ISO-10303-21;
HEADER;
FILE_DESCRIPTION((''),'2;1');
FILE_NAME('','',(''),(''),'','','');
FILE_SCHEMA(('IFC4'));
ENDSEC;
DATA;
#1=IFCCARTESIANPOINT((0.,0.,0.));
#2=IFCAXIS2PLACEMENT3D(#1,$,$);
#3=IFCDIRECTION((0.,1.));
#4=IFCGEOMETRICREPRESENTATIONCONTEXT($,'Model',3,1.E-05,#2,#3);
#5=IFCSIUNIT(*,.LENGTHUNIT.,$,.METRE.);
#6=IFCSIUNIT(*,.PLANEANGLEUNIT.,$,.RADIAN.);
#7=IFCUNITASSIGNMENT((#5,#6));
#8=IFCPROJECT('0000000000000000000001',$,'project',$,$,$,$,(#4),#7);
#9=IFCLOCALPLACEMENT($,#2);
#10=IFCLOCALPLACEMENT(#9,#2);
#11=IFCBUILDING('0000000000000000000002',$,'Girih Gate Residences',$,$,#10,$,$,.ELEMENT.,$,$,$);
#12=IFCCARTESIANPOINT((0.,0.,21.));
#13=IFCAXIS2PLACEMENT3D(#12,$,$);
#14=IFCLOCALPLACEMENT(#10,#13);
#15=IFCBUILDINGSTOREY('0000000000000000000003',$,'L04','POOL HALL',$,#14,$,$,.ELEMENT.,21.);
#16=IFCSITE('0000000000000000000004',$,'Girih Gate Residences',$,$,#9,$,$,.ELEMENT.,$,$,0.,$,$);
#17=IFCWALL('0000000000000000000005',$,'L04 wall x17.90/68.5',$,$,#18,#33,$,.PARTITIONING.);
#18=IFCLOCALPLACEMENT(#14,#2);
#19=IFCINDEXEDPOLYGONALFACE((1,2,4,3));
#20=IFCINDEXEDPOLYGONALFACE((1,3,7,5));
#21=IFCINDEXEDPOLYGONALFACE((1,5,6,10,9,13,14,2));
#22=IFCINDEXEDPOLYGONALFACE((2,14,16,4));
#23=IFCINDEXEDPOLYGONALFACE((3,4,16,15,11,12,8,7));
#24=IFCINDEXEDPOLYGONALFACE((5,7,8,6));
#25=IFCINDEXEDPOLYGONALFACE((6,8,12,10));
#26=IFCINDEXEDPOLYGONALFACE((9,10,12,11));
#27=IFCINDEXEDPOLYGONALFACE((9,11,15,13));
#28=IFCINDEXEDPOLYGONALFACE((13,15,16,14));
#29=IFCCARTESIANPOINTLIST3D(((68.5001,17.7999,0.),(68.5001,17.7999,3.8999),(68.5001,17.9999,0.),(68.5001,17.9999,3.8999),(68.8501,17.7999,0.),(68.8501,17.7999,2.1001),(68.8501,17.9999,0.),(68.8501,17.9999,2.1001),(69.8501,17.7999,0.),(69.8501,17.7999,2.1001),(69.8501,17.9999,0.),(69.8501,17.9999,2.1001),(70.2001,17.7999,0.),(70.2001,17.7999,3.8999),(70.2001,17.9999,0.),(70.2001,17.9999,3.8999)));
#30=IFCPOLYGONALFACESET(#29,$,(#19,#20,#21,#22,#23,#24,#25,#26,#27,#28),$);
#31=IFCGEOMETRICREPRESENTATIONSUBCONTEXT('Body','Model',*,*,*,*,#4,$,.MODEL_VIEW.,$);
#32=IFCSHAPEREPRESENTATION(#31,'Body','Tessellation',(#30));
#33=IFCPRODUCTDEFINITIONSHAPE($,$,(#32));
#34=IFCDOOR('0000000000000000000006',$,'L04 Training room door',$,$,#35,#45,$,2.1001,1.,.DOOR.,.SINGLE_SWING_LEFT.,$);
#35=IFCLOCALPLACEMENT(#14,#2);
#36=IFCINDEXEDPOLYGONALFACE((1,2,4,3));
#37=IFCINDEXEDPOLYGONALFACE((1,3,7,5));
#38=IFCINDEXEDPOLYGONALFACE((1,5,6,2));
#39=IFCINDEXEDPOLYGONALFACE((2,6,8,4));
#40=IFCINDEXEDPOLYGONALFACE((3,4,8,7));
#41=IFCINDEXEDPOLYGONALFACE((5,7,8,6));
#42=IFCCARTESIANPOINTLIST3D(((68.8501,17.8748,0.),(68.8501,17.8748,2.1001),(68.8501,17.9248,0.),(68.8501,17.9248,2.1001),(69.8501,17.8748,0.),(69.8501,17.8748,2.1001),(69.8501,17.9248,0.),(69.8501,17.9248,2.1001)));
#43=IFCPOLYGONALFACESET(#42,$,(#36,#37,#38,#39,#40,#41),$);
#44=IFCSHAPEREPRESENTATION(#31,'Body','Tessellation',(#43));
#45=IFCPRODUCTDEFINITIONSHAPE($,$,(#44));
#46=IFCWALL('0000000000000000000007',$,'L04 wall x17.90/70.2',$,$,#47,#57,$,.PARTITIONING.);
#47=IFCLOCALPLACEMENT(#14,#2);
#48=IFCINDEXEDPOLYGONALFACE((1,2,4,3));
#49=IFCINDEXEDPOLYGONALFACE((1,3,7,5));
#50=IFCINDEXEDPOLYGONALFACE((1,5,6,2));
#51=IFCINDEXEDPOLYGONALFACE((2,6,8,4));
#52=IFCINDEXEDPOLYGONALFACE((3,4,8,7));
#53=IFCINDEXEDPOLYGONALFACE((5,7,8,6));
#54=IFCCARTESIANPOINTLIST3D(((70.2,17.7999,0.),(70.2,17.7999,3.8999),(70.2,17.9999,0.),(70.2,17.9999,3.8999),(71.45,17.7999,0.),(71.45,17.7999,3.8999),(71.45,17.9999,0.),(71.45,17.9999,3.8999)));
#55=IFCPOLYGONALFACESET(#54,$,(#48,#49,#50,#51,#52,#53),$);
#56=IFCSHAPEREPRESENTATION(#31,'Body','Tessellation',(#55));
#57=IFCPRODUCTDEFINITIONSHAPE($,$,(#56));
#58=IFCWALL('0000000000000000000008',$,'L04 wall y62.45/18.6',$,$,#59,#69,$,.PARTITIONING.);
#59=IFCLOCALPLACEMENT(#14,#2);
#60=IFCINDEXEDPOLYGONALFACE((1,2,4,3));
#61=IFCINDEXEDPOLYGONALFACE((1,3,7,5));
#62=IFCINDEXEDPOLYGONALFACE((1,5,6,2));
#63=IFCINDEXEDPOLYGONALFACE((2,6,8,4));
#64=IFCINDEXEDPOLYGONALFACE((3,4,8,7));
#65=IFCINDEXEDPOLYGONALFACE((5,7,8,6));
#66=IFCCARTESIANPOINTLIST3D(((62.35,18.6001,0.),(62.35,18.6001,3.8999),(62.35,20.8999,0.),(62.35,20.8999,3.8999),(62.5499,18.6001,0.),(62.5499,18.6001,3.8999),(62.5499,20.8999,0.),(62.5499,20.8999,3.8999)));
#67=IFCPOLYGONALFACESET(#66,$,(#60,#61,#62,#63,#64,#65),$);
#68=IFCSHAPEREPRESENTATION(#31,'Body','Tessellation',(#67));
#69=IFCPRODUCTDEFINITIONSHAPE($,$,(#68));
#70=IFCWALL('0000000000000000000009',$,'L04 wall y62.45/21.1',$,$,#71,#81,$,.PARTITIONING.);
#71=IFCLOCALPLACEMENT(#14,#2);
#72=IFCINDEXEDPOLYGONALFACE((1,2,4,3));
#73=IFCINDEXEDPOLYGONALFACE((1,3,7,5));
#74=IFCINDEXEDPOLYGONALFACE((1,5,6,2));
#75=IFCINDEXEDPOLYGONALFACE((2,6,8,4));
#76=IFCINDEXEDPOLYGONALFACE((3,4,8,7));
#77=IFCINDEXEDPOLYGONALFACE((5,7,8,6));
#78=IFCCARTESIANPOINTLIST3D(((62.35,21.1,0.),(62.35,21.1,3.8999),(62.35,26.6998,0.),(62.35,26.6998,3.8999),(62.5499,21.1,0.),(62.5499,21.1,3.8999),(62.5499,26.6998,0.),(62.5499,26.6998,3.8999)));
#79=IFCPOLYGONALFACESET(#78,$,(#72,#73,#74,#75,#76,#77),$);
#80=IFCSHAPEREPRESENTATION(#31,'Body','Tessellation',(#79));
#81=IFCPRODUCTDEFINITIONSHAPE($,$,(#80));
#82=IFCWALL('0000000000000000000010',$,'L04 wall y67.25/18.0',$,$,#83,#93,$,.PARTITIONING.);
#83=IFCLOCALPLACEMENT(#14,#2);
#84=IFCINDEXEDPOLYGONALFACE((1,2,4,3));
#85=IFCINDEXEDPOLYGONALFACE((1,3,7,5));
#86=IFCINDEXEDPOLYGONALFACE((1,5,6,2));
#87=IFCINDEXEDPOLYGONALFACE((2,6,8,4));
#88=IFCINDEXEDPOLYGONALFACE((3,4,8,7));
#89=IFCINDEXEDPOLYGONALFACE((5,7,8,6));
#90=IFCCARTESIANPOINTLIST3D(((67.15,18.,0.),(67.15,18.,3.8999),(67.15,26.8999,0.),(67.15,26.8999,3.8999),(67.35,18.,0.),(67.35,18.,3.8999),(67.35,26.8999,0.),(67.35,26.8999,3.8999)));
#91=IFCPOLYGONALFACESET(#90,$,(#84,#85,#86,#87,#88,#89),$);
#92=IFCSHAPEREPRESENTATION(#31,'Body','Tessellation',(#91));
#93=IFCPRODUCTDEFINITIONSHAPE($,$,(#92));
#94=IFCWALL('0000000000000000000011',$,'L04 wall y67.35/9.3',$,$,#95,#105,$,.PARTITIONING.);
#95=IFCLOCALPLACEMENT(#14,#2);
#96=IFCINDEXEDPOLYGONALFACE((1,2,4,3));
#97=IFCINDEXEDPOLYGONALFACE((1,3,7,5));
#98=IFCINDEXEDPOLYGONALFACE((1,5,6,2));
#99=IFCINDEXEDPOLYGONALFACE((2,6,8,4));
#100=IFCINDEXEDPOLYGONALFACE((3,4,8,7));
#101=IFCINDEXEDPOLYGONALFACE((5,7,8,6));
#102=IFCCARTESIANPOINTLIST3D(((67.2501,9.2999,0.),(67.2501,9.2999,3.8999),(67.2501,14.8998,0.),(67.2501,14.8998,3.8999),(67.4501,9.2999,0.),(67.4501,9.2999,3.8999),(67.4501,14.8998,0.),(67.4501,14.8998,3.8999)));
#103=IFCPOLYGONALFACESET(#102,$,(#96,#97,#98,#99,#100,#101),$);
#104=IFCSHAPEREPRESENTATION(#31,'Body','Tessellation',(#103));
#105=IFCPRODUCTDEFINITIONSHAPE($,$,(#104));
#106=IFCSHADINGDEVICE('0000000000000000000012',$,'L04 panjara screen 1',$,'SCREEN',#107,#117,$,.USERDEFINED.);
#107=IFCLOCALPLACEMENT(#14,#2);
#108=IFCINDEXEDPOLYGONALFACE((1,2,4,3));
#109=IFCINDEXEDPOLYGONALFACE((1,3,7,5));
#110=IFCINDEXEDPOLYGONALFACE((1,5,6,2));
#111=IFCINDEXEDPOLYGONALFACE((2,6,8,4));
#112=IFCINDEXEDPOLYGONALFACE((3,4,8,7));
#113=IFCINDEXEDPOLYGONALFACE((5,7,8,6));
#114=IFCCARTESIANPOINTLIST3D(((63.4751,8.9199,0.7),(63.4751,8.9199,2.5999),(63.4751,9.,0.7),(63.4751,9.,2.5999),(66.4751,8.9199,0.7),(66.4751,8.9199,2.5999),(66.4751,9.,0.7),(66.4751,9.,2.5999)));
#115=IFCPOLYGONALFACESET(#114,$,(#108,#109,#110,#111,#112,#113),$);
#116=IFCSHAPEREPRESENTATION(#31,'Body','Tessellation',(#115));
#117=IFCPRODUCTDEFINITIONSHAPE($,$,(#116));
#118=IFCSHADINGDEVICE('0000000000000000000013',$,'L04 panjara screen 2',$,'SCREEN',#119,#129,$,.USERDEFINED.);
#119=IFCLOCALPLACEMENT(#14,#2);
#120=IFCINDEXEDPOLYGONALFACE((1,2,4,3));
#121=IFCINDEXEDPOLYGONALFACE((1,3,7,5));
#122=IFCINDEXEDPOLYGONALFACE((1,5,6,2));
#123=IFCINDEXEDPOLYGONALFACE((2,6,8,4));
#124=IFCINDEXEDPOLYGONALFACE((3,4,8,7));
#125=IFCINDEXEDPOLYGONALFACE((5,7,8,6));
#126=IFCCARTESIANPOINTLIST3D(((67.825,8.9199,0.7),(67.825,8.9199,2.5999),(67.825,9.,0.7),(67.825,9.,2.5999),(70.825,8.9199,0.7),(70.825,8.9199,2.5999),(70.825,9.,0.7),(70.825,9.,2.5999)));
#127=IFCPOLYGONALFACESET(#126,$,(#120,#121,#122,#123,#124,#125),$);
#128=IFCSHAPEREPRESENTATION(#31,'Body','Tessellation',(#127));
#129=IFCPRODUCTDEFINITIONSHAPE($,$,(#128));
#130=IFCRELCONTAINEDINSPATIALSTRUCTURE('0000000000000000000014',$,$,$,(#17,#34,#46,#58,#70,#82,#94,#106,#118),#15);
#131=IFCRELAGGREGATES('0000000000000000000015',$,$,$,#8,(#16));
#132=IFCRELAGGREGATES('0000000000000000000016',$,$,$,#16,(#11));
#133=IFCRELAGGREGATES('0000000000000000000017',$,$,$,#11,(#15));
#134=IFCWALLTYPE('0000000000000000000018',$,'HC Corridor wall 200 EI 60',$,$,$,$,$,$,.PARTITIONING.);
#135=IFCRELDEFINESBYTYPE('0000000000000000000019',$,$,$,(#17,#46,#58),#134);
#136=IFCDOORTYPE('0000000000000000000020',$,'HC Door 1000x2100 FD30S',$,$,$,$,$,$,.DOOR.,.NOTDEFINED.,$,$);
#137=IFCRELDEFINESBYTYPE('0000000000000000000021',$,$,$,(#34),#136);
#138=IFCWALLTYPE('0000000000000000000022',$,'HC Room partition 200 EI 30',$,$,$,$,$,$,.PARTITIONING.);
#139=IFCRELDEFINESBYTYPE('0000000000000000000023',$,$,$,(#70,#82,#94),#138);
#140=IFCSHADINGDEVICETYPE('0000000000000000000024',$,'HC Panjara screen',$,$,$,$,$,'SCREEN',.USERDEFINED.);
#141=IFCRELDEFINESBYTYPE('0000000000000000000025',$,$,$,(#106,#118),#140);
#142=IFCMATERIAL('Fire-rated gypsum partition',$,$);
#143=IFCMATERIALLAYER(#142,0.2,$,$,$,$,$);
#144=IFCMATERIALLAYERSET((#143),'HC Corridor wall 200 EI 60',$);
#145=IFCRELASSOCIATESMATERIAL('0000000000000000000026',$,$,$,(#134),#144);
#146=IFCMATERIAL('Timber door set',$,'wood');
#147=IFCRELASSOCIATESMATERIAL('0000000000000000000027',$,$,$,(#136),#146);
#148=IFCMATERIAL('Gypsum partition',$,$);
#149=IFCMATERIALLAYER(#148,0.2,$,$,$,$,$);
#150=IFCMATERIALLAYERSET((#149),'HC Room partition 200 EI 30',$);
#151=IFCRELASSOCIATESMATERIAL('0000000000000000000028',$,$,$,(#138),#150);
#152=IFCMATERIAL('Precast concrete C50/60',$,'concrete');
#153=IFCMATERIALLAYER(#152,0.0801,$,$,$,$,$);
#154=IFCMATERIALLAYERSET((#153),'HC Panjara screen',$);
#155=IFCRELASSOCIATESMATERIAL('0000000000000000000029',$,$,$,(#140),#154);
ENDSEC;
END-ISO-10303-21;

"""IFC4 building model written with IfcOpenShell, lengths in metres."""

from ifc_helpers import new_model, si_unit, direction, frame, frame_2d, origin, origin_2d, place, context, subcontext, project, spatial, rectangle, extrude, material, layer, layer_set, type_object, element, fill, save


model = new_model("IFC4")

# Units and contexts
model_context = context("Model", 3, precision=1e-05, world=origin(), true_north=direction((0.0, 1.0)))
body_context = subcontext(model_context, "Body", "Model", "MODEL_VIEW")
ifc_project = project(units=[si_unit("LENGTHUNIT", "METRE"), si_unit("PLANEANGLEUNIT", "RADIAN")], contexts=[model_context])

# Site, building, storey
site_placement = place(None, origin())
site = spatial("IfcSite", under=ifc_project, at=site_placement, Name="Girih Gate Residences", CompositionType="ELEMENT", RefElevation=0.0)
building_placement = place(site_placement, origin())
building = spatial("IfcBuilding", under=site, at=building_placement, Name="Girih Gate Residences", CompositionType="ELEMENT")
storey_placement = place(building_placement, frame((0.0, 0.0, 21.0)))
storey = spatial("IfcBuildingStorey", under=building, at=storey_placement, Name="L04", Description="POOL HALL", CompositionType="ELEMENT", Elevation=21.0)

# Shared definitions
ifc_material_1 = material(Name="Fire-rated gypsum partition")
ifc_layer_1 = layer(ifc_material_1, 0.2)
ifc_layer_set_1 = layer_set([ifc_layer_1], Name="HC Corridor wall 200 EI 60")
wall_type_1 = type_object("IfcWallType", Name="HC Corridor wall 200 EI 60", PredefinedType="PARTITIONING", material=ifc_layer_set_1)
ifc_material_2 = material(Name="Timber door set", Category="wood")
door_type = type_object("IfcDoorType", Name="HC Door 1000x2100 FD30S", OperationType="NOTDEFINED", PredefinedType="DOOR", material=ifc_material_2)

# Wall, opening, door
wall_1_placement = place(storey_placement, frame((68.5, 17.8999, 0.0), z_axis=(0.0, 0.0, 1.0), x_axis=(1.0, 0.0, 0.0)))
wall_1 = element("IfcWall", 1, at=wall_1_placement, inside=storey, type_object=wall_type_1, Name="L04 wall x17.90/68.5", PredefinedType="PARTITIONING", context=body_context, shape_type="SweptSolid", body=[
    extrude(rectangle(XDim=1.7, YDim=0.2, at=frame_2d((0.8501, 0.0))), origin(), (0.0, 0.0, 1.0), 3.8999),
])
opening_1_placement = place(wall_1_placement, frame((0.3501, 0.0, 0.0)))
opening_1 = element("IfcOpeningElement", 2, at=opening_1_placement, cuts=wall_1, PredefinedType="OPENING", context=body_context, shape_type="SweptSolid", body=[
    extrude(rectangle(XDim=1.0, YDim=2.1001, at=frame_2d((0.5, 1.05))), frame((0.0, 0.1099, 0.0), z_axis=(0.0, -1.0, 0.0), x_axis=(1.0, 0.0, 0.0)), (0.0, 0.0, 1.0), 0.22),
])
door_1_placement = place(opening_1_placement, origin())
door_1 = element("IfcDoor", 3, at=door_1_placement, inside=storey, type_object=door_type, Name="L04 Training room door", OperationType="SINGLE_SWING_LEFT", OverallHeight=2.1001, OverallWidth=1.0, PredefinedType="DOOR", context=body_context, shape_type="SweptSolid", body=[
    extrude(rectangle(XDim=1.0, YDim=2.1001, at=frame_2d((0.5, 1.05))), frame((0.0, 0.0249, 0.0), z_axis=(0.0, -1.0, 0.0), x_axis=(1.0, 0.0, 0.0)), (0.0, 0.0, 1.0), 0.05),
])
fill(opening_1, door_1)

# Walls
wall_2_placement = place(storey_placement, frame((70.2, 17.8999, 0.0), z_axis=(0.0, 0.0, 1.0), x_axis=(1.0, 0.0, 0.0)))
element("IfcWall", 4, at=wall_2_placement, inside=storey, type_object=wall_type_1, Name="L04 wall x17.90/70.2", PredefinedType="PARTITIONING", context=body_context, shape_type="SweptSolid", body=[
    extrude(rectangle(XDim=1.25, YDim=0.2, at=frame_2d((0.625, 0.0))), origin(), (0.0, 0.0, 1.0), 3.8999),
])
wall_3_placement = place(storey_placement, frame((62.45, 18.6001, 0.0), z_axis=(0.0, 0.0, 1.0), x_axis=(0.0, 1.0, 0.0)))
element("IfcWall", 5, at=wall_3_placement, inside=storey, type_object=wall_type_1, Name="L04 wall y62.45/18.6", PredefinedType="PARTITIONING", context=body_context, shape_type="SweptSolid", body=[
    extrude(rectangle(XDim=2.2998, YDim=0.2, at=frame_2d((1.1499, 0.0))), origin(), (0.0, 0.0, 1.0), 3.8999),
])
ifc_material_3 = material(Name="Gypsum partition")
ifc_layer_2 = layer(ifc_material_3, 0.2)
ifc_layer_set_2 = layer_set([ifc_layer_2], Name="HC Room partition 200 EI 30")
wall_type_2 = type_object("IfcWallType", Name="HC Room partition 200 EI 30", PredefinedType="PARTITIONING", material=ifc_layer_set_2)
wall_4_placement = place(storey_placement, frame((62.45, 21.1001, 0.0), z_axis=(0.0, 0.0, 1.0), x_axis=(0.0, 1.0, 0.0)))
element("IfcWall", 6, at=wall_4_placement, inside=storey, type_object=wall_type_2, Name="L04 wall y62.45/21.1", PredefinedType="PARTITIONING", context=body_context, shape_type="SweptSolid", body=[
    extrude(rectangle(XDim=5.5999, YDim=0.2, at=frame_2d((2.7998, 0.0))), origin(), (0.0, 0.0, 1.0), 3.8999),
])
wall_5_placement = place(storey_placement, frame((67.25, 18.0, 0.0), z_axis=(0.0, 0.0, 1.0), x_axis=(0.0, 1.0, 0.0)))
element("IfcWall", 7, at=wall_5_placement, inside=storey, type_object=wall_type_2, Name="L04 wall y67.25/18.0", PredefinedType="PARTITIONING", context=body_context, shape_type="SweptSolid", body=[
    extrude(rectangle(XDim=8.8999, YDim=0.2, at=frame_2d((4.45, 0.0))), origin(), (0.0, 0.0, 1.0), 3.8999),
])
wall_6_placement = place(storey_placement, frame((67.3501, 9.3, 0.0), z_axis=(0.0, 0.0, 1.0), x_axis=(0.0, 1.0, 0.0)))
element("IfcWall", 8, at=wall_6_placement, inside=storey, type_object=wall_type_2, Name="L04 wall y67.35/9.3", PredefinedType="PARTITIONING", context=body_context, shape_type="SweptSolid", body=[
    extrude(rectangle(XDim=5.5999, YDim=0.2, at=frame_2d((2.7998, 0.0))), origin(), (0.0, 0.0, 1.0), 3.8999),
])

# Shading devices
ifc_material_4 = material(Name="Precast concrete C50/60", Category="concrete")
ifc_layer_3 = layer(ifc_material_4, 0.0801)
ifc_layer_set_3 = layer_set([ifc_layer_3], Name="HC Panjara screen")
shading_device_type = type_object("IfcShadingDeviceType", Name="HC Panjara screen", ElementType="SCREEN", PredefinedType="USERDEFINED", material=ifc_layer_set_3)
for number, where, z_axis, x_axis, name in (
    (9, (64.9751, 8.96, 0.7), (0.0, 0.0, 1.0), (1.0, 0.0, 0.0), "L04 panjara screen 1"),
    (10, (69.325, 8.96, 0.7), (0.0, 0.0, 1.0), (1.0, 0.0, 0.0), "L04 panjara screen 2"),
):
    element("IfcShadingDevice", number, at=place(storey_placement, frame(where, z_axis=z_axis, x_axis=x_axis)), inside=storey, type_object=shading_device_type, Name=name, ObjectType="SCREEN", PredefinedType="USERDEFINED", context=body_context, shape_type="SweptSolid", body=[
        extrude(rectangle(XDim=3.0, YDim=0.0801, at=origin_2d()), origin(), (0.0, 0.0, 1.0), 1.8999),
    ])

save(model, "model.ifc")
